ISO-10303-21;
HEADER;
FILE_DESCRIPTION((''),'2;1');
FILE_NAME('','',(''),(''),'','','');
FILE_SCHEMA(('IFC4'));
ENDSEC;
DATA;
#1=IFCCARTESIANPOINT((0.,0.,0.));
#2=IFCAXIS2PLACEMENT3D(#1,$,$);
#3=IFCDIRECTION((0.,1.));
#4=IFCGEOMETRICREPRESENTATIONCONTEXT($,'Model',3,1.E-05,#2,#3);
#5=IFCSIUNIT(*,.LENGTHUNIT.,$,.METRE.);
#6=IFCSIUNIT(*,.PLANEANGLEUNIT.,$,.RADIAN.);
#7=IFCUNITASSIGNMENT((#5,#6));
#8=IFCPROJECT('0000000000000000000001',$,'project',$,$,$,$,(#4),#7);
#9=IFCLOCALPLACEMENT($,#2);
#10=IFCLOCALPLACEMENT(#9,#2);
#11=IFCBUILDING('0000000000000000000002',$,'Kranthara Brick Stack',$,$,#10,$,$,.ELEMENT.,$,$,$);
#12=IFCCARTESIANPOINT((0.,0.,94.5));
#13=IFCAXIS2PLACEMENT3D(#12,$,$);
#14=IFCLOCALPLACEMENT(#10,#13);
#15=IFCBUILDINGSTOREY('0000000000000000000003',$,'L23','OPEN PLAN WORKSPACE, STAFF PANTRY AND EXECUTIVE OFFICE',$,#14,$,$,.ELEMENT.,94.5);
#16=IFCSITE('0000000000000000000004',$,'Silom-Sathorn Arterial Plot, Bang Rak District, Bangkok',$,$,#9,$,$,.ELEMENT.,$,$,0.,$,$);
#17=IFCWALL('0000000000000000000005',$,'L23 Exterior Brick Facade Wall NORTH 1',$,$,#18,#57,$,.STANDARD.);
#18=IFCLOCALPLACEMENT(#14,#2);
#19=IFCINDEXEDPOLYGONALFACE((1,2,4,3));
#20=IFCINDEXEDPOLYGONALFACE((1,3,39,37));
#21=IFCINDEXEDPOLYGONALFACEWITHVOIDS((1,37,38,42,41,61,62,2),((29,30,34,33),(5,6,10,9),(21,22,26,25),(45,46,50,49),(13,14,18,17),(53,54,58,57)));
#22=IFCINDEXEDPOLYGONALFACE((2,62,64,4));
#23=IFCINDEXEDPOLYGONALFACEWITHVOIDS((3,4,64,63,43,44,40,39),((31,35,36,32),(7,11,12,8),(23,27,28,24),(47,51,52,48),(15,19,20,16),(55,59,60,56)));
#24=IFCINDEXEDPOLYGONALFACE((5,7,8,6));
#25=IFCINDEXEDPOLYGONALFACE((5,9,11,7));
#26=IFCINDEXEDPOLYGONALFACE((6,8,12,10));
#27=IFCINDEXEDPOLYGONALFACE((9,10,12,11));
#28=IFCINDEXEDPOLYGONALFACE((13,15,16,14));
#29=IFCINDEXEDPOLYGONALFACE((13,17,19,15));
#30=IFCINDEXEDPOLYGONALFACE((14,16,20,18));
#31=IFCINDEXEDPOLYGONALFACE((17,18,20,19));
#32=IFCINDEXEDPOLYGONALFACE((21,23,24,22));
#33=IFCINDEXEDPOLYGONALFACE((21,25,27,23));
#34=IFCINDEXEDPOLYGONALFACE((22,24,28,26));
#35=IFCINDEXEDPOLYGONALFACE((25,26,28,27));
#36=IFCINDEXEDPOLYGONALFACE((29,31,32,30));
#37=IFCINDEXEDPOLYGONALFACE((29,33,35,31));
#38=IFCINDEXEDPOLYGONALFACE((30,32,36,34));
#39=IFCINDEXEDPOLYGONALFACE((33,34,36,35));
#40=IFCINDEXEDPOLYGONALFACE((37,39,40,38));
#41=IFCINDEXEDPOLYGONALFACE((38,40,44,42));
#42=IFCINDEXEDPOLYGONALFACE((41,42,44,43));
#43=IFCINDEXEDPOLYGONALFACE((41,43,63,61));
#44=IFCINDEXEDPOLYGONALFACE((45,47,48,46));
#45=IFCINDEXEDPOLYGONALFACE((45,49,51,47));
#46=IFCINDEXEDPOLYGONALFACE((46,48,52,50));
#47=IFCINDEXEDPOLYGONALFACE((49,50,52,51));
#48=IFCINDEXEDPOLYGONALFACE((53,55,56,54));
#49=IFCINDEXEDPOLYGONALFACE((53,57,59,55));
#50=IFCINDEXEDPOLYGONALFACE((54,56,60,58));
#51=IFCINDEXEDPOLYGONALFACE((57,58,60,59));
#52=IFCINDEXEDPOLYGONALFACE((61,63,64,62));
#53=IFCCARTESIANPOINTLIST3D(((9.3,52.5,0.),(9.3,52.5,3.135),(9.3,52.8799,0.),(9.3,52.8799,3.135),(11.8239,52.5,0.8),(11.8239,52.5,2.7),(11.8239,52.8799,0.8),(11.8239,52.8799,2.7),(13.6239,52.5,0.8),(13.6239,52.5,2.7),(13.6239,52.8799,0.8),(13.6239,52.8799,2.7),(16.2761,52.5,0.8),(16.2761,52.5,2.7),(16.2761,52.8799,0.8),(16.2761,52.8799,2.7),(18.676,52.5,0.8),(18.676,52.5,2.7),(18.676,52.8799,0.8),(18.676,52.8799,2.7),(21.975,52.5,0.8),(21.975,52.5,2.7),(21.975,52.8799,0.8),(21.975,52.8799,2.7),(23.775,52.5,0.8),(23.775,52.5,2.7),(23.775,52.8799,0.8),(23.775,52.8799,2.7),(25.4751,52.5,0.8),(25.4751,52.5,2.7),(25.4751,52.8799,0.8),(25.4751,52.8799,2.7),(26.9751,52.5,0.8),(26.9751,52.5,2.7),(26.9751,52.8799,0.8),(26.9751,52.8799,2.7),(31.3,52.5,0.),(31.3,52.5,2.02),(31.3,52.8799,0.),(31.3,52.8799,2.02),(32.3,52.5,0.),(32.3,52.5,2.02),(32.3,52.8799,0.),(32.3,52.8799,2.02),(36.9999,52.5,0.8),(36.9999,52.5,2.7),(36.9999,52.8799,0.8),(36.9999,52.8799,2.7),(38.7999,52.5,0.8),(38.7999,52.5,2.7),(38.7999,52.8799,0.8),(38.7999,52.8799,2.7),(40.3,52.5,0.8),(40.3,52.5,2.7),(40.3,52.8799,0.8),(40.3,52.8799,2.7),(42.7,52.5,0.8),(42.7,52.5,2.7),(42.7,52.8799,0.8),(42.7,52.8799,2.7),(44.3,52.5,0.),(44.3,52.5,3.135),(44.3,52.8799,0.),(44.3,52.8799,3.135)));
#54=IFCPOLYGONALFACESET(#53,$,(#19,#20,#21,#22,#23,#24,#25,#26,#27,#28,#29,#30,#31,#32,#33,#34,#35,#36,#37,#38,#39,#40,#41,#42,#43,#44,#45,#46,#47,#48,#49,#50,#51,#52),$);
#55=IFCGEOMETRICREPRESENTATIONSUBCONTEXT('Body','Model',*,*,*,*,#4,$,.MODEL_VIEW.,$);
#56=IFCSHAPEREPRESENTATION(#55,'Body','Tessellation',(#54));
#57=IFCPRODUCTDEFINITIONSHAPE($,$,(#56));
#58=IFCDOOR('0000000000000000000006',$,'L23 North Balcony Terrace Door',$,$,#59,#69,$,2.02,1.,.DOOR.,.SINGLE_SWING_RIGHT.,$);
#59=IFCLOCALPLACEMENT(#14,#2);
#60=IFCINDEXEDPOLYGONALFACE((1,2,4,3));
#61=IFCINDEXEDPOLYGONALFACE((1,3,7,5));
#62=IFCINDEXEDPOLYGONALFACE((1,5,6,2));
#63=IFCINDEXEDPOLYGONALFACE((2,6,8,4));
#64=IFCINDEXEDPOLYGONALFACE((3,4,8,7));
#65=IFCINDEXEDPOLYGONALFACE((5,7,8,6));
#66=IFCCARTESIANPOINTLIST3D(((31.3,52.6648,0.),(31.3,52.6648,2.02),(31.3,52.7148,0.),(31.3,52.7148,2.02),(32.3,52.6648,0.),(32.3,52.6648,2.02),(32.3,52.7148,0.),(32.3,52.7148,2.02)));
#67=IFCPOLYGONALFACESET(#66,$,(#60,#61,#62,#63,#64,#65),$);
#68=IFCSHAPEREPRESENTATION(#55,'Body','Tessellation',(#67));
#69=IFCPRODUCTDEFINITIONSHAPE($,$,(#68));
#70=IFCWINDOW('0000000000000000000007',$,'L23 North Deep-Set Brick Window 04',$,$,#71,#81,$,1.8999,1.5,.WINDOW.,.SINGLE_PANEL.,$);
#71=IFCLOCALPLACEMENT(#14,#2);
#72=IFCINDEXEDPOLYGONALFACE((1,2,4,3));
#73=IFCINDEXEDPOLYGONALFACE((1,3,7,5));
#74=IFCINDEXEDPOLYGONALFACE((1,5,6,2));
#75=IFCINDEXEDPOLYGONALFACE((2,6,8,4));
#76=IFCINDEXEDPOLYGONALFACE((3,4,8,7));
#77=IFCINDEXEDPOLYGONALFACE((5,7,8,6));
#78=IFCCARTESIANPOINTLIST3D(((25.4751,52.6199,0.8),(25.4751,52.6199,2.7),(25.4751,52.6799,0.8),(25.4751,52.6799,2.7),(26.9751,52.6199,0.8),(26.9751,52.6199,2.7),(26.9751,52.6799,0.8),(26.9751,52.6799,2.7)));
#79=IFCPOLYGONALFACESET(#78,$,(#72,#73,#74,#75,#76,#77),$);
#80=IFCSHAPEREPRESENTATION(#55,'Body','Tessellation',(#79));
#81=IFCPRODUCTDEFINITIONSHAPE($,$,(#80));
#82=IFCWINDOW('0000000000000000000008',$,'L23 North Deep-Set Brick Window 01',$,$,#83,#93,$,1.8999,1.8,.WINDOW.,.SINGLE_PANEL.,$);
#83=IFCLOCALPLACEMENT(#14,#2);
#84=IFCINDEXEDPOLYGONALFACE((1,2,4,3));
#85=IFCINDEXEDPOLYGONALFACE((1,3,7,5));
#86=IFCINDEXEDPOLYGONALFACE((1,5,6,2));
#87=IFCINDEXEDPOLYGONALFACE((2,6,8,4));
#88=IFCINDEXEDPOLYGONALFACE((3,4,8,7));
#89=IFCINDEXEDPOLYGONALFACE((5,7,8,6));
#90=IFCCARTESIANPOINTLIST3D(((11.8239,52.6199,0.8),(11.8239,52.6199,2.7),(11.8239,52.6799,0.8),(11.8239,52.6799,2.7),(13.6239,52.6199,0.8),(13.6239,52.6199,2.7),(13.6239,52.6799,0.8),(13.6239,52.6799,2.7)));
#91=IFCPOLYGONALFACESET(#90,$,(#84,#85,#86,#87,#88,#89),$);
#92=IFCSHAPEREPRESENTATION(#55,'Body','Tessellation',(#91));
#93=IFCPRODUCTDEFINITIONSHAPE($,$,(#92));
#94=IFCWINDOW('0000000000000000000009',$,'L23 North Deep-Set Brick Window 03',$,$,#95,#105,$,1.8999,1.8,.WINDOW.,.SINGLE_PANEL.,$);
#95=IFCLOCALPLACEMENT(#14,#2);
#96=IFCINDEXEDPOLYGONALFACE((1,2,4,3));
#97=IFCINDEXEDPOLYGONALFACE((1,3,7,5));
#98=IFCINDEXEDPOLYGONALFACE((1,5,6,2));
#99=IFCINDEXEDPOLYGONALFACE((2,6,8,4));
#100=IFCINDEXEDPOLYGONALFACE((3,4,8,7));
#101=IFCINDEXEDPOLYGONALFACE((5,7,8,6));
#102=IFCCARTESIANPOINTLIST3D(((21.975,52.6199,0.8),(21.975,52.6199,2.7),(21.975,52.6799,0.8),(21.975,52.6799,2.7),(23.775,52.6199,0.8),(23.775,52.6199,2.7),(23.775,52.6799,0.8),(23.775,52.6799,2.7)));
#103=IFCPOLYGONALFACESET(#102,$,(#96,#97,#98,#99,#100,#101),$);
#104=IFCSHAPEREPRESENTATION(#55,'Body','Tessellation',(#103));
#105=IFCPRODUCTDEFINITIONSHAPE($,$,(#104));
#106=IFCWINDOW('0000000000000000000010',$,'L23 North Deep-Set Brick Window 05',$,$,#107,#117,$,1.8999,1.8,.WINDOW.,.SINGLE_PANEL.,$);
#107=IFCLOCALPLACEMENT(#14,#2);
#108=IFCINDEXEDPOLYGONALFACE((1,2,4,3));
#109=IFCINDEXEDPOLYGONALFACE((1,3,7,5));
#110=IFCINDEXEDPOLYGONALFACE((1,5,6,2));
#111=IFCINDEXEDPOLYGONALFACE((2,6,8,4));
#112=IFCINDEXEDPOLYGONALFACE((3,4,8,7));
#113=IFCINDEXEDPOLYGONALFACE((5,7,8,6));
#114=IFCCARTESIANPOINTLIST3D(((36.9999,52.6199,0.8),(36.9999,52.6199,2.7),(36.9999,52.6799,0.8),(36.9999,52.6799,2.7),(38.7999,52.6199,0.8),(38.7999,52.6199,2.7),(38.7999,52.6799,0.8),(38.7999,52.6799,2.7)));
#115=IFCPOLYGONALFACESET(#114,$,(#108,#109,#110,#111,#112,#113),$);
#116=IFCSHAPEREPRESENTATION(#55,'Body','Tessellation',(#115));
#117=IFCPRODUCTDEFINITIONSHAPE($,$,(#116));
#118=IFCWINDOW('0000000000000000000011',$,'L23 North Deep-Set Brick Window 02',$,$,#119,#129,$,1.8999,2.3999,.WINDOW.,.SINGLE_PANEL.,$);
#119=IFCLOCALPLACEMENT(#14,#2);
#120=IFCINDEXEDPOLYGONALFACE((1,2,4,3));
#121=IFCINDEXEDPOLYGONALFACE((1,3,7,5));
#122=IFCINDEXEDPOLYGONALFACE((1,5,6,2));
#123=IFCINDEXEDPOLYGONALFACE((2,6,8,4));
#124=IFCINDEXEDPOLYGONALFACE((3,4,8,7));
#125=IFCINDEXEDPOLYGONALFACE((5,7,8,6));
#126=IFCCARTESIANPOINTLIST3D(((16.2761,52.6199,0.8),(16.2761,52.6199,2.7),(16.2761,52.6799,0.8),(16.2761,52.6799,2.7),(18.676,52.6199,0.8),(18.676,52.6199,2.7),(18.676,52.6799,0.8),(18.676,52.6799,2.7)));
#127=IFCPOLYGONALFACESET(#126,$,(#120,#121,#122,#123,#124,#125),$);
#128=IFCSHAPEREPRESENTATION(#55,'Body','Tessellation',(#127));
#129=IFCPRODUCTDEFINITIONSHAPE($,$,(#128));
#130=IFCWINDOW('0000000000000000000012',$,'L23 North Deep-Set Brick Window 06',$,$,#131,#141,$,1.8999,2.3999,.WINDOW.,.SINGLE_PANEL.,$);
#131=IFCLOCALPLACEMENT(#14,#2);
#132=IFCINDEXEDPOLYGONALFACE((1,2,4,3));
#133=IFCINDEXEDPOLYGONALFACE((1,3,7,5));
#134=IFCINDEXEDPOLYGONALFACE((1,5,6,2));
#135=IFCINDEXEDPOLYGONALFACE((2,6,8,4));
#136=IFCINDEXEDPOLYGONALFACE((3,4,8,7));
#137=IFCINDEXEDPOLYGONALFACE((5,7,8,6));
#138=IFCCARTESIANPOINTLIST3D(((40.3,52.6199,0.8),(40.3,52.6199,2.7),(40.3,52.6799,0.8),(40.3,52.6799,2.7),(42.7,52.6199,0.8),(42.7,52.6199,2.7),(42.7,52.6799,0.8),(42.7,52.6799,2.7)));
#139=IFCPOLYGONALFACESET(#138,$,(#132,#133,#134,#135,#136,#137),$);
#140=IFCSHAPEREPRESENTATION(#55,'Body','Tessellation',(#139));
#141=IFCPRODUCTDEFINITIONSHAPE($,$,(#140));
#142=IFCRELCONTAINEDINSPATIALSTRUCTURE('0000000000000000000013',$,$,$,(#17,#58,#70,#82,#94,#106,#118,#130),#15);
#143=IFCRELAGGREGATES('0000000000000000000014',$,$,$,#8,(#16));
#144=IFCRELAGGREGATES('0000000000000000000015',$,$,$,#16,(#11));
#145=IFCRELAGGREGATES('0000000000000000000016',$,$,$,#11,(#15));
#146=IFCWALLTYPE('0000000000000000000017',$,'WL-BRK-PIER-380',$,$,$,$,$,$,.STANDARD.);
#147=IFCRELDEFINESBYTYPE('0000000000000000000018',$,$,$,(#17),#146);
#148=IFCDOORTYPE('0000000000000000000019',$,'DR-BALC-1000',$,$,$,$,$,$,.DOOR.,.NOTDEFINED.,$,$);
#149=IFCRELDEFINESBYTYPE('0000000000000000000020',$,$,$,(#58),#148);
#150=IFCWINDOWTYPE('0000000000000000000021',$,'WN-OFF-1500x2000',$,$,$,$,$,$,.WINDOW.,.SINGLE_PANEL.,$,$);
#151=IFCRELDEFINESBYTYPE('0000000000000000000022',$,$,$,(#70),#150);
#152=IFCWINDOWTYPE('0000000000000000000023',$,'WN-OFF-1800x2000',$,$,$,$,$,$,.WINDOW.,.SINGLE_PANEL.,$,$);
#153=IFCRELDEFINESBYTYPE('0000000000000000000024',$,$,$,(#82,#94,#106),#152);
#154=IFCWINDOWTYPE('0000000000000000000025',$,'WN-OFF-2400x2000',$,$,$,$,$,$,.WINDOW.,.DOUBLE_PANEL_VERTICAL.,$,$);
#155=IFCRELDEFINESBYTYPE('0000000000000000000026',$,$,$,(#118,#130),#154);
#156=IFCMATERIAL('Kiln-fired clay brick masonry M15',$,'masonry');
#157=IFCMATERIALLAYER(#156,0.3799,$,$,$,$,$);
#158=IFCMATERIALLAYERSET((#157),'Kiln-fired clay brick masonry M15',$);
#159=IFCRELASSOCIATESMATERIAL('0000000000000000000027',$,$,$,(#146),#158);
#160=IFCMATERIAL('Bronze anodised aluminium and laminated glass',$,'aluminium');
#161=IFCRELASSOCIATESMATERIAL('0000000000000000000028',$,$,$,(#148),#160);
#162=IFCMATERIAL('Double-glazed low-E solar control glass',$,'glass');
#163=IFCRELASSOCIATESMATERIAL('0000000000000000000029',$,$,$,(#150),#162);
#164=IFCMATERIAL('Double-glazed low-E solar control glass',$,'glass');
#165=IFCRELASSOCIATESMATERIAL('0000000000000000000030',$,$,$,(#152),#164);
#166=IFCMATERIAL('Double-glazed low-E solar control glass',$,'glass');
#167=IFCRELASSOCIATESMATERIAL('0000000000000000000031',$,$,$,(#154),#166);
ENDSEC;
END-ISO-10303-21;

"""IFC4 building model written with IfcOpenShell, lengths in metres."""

from ifc_helpers import new_model, si_unit, direction, frame, frame_2d, origin, place, context, subcontext, project, spatial, rectangle, extrude, material, layer, layer_set, type_object, element, fill, save


model = new_model("IFC4")

# Units and contexts
model_context = context("Model", 3, precision=1e-05, world=origin(), true_north=direction((0.0, 1.0)))
body_context = subcontext(model_context, "Body", "Model", "MODEL_VIEW")
ifc_project = project(units=[si_unit("LENGTHUNIT", "METRE"), si_unit("PLANEANGLEUNIT", "RADIAN")], contexts=[model_context])

# Site, building, storey
site_placement = place(None, origin())
site = spatial("IfcSite", under=ifc_project, at=site_placement, Name="Silom-Sathorn Arterial Plot, Bang Rak District, Bangkok", CompositionType="ELEMENT", RefElevation=0.0)
building_placement = place(site_placement, origin())
building = spatial("IfcBuilding", under=site, at=building_placement, Name="Kranthara Brick Stack", CompositionType="ELEMENT")
storey_placement = place(building_placement, frame((0.0, 0.0, 94.5)))
storey = spatial("IfcBuildingStorey", under=building, at=storey_placement, Name="L23", Description="OPEN PLAN WORKSPACE, STAFF PANTRY AND EXECUTIVE OFFICE", CompositionType="ELEMENT", Elevation=94.5)

# Shared definitions
ifc_material_1 = material(Name="Kiln-fired clay brick masonry M15", Category="masonry")
ifc_layer_1 = layer(ifc_material_1, 0.3799)
ifc_layer_set_1 = layer_set([ifc_layer_1], Name="Kiln-fired clay brick masonry M15")
wall_type_1 = type_object("IfcWallType", Name="WL-BRK-PIER-380", PredefinedType="STANDARD", material=ifc_layer_set_1)

# Wall, openings, door, windows
wall_1_placement = place(storey_placement, frame((9.3, 52.6899, 0.0), z_axis=(0.0, 0.0, 1.0), x_axis=(1.0, 0.0, 0.0)))
wall_1 = element("IfcWall", 1, at=wall_1_placement, inside=storey, type_object=wall_type_1, Name="L23 Exterior Brick Facade Wall NORTH 1", PredefinedType="STANDARD", context=body_context, shape_type="SweptSolid", body=[
    extrude(rectangle(XDim=35.0, YDim=0.3799, at=frame_2d((17.5, 0.0))), origin(), (0.0, 0.0, 1.0), 3.135),
])
opening_1_placement = place(wall_1_placement, frame((22.0, 0.0, 0.0)))
opening_1 = element("IfcOpeningElement", 2, at=opening_1_placement, cuts=wall_1, PredefinedType="OPENING", context=body_context, shape_type="SweptSolid", body=[
    extrude(rectangle(XDim=1.0, YDim=2.02, at=frame_2d((0.5, 1.01))), frame((0.0, 0.2, 0.0), z_axis=(0.0, -1.0, 0.0), x_axis=(1.0, 0.0, 0.0)), (0.0, 0.0, 1.0), 0.3999),
])
opening_2_placement = place(wall_1_placement, frame((2.5239, 0.0, 0.8)))
opening_2 = element("IfcOpeningElement", 3, at=opening_2_placement, cuts=wall_1, PredefinedType="OPENING", context=body_context, shape_type="SweptSolid", body=[
    extrude(rectangle(XDim=1.8, YDim=1.8999, at=frame_2d((0.8999, 0.95))), frame((0.0, 0.2, 0.0), z_axis=(0.0, -1.0, 0.0), x_axis=(1.0, 0.0, 0.0)), (0.0, 0.0, 1.0), 0.3999),
])
opening_3_placement = place(wall_1_placement, frame((6.9761, 0.0, 0.8)))
opening_3 = element("IfcOpeningElement", 4, at=opening_3_placement, cuts=wall_1, PredefinedType="OPENING", context=body_context, shape_type="SweptSolid", body=[
    extrude(rectangle(XDim=2.3999, YDim=1.8999, at=frame_2d((1.2, 0.95))), frame((0.0, 0.2, 0.0), z_axis=(0.0, -1.0, 0.0), x_axis=(1.0, 0.0, 0.0)), (0.0, 0.0, 1.0), 0.3999),
])
opening_4_placement = place(wall_1_placement, frame((12.675, 0.0, 0.8)))
opening_4 = element("IfcOpeningElement", 5, at=opening_4_placement, cuts=wall_1, PredefinedType="OPENING", context=body_context, shape_type="SweptSolid", body=[
    extrude(rectangle(XDim=1.8, YDim=1.8999, at=frame_2d((0.8999, 0.95))), frame((0.0, 0.2, 0.0), z_axis=(0.0, -1.0, 0.0), x_axis=(1.0, 0.0, 0.0)), (0.0, 0.0, 1.0), 0.3999),
])
opening_5_placement = place(wall_1_placement, frame((16.175, 0.0, 0.8)))
opening_5 = element("IfcOpeningElement", 6, at=opening_5_placement, cuts=wall_1, PredefinedType="OPENING", context=body_context, shape_type="SweptSolid", body=[
    extrude(rectangle(XDim=1.5, YDim=1.8999, at=frame_2d((0.75, 0.95))), frame((0.0, 0.2, 0.0), z_axis=(0.0, -1.0, 0.0), x_axis=(1.0, 0.0, 0.0)), (0.0, 0.0, 1.0), 0.3999),
])
opening_6_placement = place(wall_1_placement, frame((27.7, 0.0, 0.8)))
opening_6 = element("IfcOpeningElement", 7, at=opening_6_placement, cuts=wall_1, PredefinedType="OPENING", context=body_context, shape_type="SweptSolid", body=[
    extrude(rectangle(XDim=1.8, YDim=1.8999, at=frame_2d((0.8999, 0.95))), frame((0.0, 0.2, 0.0), z_axis=(0.0, -1.0, 0.0), x_axis=(1.0, 0.0, 0.0)), (0.0, 0.0, 1.0), 0.3999),
])
opening_7_placement = place(wall_1_placement, frame((31.0, 0.0, 0.8)))
opening_7 = element("IfcOpeningElement", 8, at=opening_7_placement, cuts=wall_1, PredefinedType="OPENING", context=body_context, shape_type="SweptSolid", body=[
    extrude(rectangle(XDim=2.3999, YDim=1.8999, at=frame_2d((1.2, 0.95))), frame((0.0, 0.2, 0.0), z_axis=(0.0, -1.0, 0.0), x_axis=(1.0, 0.0, 0.0)), (0.0, 0.0, 1.0), 0.3999),
])
ifc_material_2 = material(Name="Bronze anodised aluminium and laminated glass", Category="aluminium")
door_type_1 = type_object("IfcDoorType", Name="DR-BALC-1000", OperationType="NOTDEFINED", PredefinedType="DOOR", material=ifc_material_2)
door_1_placement = place(opening_1_placement, origin())
door_1 = element("IfcDoor", 9, at=door_1_placement, inside=storey, type_object=door_type_1, Name="L23 North Balcony Terrace Door", OperationType="SINGLE_SWING_RIGHT", OverallHeight=2.02, OverallWidth=1.0, PredefinedType="DOOR", context=body_context, shape_type="SweptSolid", body=[
    extrude(rectangle(XDim=1.0, YDim=2.02, at=frame_2d((0.5, 1.01))), frame((0.0, 0.0249, 0.0), z_axis=(0.0, -1.0, 0.0), x_axis=(1.0, 0.0, 0.0)), (0.0, 0.0, 1.0), 0.05),
])
fill(opening_1, door_1)
ifc_material_3 = material(Name="Double-glazed low-E solar control glass", Category="glass")
window_type_1 = type_object("IfcWindowType", Name="WN-OFF-1500x2000", PartitioningType="SINGLE_PANEL", PredefinedType="WINDOW", material=ifc_material_3)
window_1_placement = place(opening_5_placement, origin())
window_1 = element("IfcWindow", 10, at=window_1_placement, inside=storey, type_object=window_type_1, Name="L23 North Deep-Set Brick Window 04", OverallHeight=1.8999, OverallWidth=1.5, PartitioningType="SINGLE_PANEL", PredefinedType="WINDOW", context=body_context, shape_type="SweptSolid", body=[
    extrude(rectangle(XDim=1.5, YDim=1.8999, at=frame_2d((0.75, 0.95))), frame((0.0, -0.01, 0.0), z_axis=(0.0, -1.0, 0.0), x_axis=(1.0, 0.0, 0.0)), (0.0, 0.0, 1.0), 0.0601),
])
fill(opening_5, window_1)
ifc_material_4 = material(Name="Double-glazed low-E solar control glass", Category="glass")
window_type_2 = type_object("IfcWindowType", Name="WN-OFF-1800x2000", PartitioningType="SINGLE_PANEL", PredefinedType="WINDOW", material=ifc_material_4)
window_2_placement = place(opening_2_placement, origin())
window_2 = element("IfcWindow", 11, at=window_2_placement, inside=storey, type_object=window_type_2, Name="L23 North Deep-Set Brick Window 01", OverallHeight=1.8999, OverallWidth=1.8, PartitioningType="SINGLE_PANEL", PredefinedType="WINDOW", context=body_context, shape_type="SweptSolid", body=[
    extrude(rectangle(XDim=1.8, YDim=1.8999, at=frame_2d((0.8999, 0.95))), frame((0.0, -0.01, 0.0), z_axis=(0.0, -1.0, 0.0), x_axis=(1.0, 0.0, 0.0)), (0.0, 0.0, 1.0), 0.0601),
])
fill(opening_2, window_2)
window_3_placement = place(opening_4_placement, origin())
window_3 = element("IfcWindow", 12, at=window_3_placement, inside=storey, type_object=window_type_2, Name="L23 North Deep-Set Brick Window 03", OverallHeight=1.8999, OverallWidth=1.8, PartitioningType="SINGLE_PANEL", PredefinedType="WINDOW", context=body_context, shape_type="SweptSolid", body=[
    extrude(rectangle(XDim=1.8, YDim=1.8999, at=frame_2d((0.8999, 0.95))), frame((0.0, -0.01, 0.0), z_axis=(0.0, -1.0, 0.0), x_axis=(1.0, 0.0, 0.0)), (0.0, 0.0, 1.0), 0.0601),
])
fill(opening_4, window_3)
window_4_placement = place(opening_6_placement, origin())
window_4 = element("IfcWindow", 13, at=window_4_placement, inside=storey, type_object=window_type_2, Name="L23 North Deep-Set Brick Window 05", OverallHeight=1.8999, OverallWidth=1.8, PartitioningType="SINGLE_PANEL", PredefinedType="WINDOW", context=body_context, shape_type="SweptSolid", body=[
    extrude(rectangle(XDim=1.8, YDim=1.8999, at=frame_2d((0.8999, 0.95))), frame((0.0, -0.01, 0.0), z_axis=(0.0, -1.0, 0.0), x_axis=(1.0, 0.0, 0.0)), (0.0, 0.0, 1.0), 0.0601),
])
fill(opening_6, window_4)
ifc_material_5 = material(Name="Double-glazed low-E solar control glass", Category="glass")
window_type_3 = type_object("IfcWindowType", Name="WN-OFF-2400x2000", PartitioningType="DOUBLE_PANEL_VERTICAL", PredefinedType="WINDOW", material=ifc_material_5)
window_5_placement = place(opening_3_placement, origin())
window_5 = element("IfcWindow", 14, at=window_5_placement, inside=storey, type_object=window_type_3, Name="L23 North Deep-Set Brick Window 02", OverallHeight=1.8999, OverallWidth=2.3999, PartitioningType="SINGLE_PANEL", PredefinedType="WINDOW", context=body_context, shape_type="SweptSolid", body=[
    extrude(rectangle(XDim=2.3999, YDim=1.8999, at=frame_2d((1.2, 0.95))), frame((0.0, -0.01, 0.0), z_axis=(0.0, -1.0, 0.0), x_axis=(1.0, 0.0, 0.0)), (0.0, 0.0, 1.0), 0.0601),
])
fill(opening_3, window_5)
window_6_placement = place(opening_7_placement, origin())
window_6 = element("IfcWindow", 15, at=window_6_placement, inside=storey, type_object=window_type_3, Name="L23 North Deep-Set Brick Window 06", OverallHeight=1.8999, OverallWidth=2.3999, PartitioningType="SINGLE_PANEL", PredefinedType="WINDOW", context=body_context, shape_type="SweptSolid", body=[
    extrude(rectangle(XDim=2.3999, YDim=1.8999, at=frame_2d((1.2, 0.95))), frame((0.0, -0.01, 0.0), z_axis=(0.0, -1.0, 0.0), x_axis=(1.0, 0.0, 0.0)), (0.0, 0.0, 1.0), 0.0601),
])
fill(opening_7, window_6)

save(model, "model.ifc")
